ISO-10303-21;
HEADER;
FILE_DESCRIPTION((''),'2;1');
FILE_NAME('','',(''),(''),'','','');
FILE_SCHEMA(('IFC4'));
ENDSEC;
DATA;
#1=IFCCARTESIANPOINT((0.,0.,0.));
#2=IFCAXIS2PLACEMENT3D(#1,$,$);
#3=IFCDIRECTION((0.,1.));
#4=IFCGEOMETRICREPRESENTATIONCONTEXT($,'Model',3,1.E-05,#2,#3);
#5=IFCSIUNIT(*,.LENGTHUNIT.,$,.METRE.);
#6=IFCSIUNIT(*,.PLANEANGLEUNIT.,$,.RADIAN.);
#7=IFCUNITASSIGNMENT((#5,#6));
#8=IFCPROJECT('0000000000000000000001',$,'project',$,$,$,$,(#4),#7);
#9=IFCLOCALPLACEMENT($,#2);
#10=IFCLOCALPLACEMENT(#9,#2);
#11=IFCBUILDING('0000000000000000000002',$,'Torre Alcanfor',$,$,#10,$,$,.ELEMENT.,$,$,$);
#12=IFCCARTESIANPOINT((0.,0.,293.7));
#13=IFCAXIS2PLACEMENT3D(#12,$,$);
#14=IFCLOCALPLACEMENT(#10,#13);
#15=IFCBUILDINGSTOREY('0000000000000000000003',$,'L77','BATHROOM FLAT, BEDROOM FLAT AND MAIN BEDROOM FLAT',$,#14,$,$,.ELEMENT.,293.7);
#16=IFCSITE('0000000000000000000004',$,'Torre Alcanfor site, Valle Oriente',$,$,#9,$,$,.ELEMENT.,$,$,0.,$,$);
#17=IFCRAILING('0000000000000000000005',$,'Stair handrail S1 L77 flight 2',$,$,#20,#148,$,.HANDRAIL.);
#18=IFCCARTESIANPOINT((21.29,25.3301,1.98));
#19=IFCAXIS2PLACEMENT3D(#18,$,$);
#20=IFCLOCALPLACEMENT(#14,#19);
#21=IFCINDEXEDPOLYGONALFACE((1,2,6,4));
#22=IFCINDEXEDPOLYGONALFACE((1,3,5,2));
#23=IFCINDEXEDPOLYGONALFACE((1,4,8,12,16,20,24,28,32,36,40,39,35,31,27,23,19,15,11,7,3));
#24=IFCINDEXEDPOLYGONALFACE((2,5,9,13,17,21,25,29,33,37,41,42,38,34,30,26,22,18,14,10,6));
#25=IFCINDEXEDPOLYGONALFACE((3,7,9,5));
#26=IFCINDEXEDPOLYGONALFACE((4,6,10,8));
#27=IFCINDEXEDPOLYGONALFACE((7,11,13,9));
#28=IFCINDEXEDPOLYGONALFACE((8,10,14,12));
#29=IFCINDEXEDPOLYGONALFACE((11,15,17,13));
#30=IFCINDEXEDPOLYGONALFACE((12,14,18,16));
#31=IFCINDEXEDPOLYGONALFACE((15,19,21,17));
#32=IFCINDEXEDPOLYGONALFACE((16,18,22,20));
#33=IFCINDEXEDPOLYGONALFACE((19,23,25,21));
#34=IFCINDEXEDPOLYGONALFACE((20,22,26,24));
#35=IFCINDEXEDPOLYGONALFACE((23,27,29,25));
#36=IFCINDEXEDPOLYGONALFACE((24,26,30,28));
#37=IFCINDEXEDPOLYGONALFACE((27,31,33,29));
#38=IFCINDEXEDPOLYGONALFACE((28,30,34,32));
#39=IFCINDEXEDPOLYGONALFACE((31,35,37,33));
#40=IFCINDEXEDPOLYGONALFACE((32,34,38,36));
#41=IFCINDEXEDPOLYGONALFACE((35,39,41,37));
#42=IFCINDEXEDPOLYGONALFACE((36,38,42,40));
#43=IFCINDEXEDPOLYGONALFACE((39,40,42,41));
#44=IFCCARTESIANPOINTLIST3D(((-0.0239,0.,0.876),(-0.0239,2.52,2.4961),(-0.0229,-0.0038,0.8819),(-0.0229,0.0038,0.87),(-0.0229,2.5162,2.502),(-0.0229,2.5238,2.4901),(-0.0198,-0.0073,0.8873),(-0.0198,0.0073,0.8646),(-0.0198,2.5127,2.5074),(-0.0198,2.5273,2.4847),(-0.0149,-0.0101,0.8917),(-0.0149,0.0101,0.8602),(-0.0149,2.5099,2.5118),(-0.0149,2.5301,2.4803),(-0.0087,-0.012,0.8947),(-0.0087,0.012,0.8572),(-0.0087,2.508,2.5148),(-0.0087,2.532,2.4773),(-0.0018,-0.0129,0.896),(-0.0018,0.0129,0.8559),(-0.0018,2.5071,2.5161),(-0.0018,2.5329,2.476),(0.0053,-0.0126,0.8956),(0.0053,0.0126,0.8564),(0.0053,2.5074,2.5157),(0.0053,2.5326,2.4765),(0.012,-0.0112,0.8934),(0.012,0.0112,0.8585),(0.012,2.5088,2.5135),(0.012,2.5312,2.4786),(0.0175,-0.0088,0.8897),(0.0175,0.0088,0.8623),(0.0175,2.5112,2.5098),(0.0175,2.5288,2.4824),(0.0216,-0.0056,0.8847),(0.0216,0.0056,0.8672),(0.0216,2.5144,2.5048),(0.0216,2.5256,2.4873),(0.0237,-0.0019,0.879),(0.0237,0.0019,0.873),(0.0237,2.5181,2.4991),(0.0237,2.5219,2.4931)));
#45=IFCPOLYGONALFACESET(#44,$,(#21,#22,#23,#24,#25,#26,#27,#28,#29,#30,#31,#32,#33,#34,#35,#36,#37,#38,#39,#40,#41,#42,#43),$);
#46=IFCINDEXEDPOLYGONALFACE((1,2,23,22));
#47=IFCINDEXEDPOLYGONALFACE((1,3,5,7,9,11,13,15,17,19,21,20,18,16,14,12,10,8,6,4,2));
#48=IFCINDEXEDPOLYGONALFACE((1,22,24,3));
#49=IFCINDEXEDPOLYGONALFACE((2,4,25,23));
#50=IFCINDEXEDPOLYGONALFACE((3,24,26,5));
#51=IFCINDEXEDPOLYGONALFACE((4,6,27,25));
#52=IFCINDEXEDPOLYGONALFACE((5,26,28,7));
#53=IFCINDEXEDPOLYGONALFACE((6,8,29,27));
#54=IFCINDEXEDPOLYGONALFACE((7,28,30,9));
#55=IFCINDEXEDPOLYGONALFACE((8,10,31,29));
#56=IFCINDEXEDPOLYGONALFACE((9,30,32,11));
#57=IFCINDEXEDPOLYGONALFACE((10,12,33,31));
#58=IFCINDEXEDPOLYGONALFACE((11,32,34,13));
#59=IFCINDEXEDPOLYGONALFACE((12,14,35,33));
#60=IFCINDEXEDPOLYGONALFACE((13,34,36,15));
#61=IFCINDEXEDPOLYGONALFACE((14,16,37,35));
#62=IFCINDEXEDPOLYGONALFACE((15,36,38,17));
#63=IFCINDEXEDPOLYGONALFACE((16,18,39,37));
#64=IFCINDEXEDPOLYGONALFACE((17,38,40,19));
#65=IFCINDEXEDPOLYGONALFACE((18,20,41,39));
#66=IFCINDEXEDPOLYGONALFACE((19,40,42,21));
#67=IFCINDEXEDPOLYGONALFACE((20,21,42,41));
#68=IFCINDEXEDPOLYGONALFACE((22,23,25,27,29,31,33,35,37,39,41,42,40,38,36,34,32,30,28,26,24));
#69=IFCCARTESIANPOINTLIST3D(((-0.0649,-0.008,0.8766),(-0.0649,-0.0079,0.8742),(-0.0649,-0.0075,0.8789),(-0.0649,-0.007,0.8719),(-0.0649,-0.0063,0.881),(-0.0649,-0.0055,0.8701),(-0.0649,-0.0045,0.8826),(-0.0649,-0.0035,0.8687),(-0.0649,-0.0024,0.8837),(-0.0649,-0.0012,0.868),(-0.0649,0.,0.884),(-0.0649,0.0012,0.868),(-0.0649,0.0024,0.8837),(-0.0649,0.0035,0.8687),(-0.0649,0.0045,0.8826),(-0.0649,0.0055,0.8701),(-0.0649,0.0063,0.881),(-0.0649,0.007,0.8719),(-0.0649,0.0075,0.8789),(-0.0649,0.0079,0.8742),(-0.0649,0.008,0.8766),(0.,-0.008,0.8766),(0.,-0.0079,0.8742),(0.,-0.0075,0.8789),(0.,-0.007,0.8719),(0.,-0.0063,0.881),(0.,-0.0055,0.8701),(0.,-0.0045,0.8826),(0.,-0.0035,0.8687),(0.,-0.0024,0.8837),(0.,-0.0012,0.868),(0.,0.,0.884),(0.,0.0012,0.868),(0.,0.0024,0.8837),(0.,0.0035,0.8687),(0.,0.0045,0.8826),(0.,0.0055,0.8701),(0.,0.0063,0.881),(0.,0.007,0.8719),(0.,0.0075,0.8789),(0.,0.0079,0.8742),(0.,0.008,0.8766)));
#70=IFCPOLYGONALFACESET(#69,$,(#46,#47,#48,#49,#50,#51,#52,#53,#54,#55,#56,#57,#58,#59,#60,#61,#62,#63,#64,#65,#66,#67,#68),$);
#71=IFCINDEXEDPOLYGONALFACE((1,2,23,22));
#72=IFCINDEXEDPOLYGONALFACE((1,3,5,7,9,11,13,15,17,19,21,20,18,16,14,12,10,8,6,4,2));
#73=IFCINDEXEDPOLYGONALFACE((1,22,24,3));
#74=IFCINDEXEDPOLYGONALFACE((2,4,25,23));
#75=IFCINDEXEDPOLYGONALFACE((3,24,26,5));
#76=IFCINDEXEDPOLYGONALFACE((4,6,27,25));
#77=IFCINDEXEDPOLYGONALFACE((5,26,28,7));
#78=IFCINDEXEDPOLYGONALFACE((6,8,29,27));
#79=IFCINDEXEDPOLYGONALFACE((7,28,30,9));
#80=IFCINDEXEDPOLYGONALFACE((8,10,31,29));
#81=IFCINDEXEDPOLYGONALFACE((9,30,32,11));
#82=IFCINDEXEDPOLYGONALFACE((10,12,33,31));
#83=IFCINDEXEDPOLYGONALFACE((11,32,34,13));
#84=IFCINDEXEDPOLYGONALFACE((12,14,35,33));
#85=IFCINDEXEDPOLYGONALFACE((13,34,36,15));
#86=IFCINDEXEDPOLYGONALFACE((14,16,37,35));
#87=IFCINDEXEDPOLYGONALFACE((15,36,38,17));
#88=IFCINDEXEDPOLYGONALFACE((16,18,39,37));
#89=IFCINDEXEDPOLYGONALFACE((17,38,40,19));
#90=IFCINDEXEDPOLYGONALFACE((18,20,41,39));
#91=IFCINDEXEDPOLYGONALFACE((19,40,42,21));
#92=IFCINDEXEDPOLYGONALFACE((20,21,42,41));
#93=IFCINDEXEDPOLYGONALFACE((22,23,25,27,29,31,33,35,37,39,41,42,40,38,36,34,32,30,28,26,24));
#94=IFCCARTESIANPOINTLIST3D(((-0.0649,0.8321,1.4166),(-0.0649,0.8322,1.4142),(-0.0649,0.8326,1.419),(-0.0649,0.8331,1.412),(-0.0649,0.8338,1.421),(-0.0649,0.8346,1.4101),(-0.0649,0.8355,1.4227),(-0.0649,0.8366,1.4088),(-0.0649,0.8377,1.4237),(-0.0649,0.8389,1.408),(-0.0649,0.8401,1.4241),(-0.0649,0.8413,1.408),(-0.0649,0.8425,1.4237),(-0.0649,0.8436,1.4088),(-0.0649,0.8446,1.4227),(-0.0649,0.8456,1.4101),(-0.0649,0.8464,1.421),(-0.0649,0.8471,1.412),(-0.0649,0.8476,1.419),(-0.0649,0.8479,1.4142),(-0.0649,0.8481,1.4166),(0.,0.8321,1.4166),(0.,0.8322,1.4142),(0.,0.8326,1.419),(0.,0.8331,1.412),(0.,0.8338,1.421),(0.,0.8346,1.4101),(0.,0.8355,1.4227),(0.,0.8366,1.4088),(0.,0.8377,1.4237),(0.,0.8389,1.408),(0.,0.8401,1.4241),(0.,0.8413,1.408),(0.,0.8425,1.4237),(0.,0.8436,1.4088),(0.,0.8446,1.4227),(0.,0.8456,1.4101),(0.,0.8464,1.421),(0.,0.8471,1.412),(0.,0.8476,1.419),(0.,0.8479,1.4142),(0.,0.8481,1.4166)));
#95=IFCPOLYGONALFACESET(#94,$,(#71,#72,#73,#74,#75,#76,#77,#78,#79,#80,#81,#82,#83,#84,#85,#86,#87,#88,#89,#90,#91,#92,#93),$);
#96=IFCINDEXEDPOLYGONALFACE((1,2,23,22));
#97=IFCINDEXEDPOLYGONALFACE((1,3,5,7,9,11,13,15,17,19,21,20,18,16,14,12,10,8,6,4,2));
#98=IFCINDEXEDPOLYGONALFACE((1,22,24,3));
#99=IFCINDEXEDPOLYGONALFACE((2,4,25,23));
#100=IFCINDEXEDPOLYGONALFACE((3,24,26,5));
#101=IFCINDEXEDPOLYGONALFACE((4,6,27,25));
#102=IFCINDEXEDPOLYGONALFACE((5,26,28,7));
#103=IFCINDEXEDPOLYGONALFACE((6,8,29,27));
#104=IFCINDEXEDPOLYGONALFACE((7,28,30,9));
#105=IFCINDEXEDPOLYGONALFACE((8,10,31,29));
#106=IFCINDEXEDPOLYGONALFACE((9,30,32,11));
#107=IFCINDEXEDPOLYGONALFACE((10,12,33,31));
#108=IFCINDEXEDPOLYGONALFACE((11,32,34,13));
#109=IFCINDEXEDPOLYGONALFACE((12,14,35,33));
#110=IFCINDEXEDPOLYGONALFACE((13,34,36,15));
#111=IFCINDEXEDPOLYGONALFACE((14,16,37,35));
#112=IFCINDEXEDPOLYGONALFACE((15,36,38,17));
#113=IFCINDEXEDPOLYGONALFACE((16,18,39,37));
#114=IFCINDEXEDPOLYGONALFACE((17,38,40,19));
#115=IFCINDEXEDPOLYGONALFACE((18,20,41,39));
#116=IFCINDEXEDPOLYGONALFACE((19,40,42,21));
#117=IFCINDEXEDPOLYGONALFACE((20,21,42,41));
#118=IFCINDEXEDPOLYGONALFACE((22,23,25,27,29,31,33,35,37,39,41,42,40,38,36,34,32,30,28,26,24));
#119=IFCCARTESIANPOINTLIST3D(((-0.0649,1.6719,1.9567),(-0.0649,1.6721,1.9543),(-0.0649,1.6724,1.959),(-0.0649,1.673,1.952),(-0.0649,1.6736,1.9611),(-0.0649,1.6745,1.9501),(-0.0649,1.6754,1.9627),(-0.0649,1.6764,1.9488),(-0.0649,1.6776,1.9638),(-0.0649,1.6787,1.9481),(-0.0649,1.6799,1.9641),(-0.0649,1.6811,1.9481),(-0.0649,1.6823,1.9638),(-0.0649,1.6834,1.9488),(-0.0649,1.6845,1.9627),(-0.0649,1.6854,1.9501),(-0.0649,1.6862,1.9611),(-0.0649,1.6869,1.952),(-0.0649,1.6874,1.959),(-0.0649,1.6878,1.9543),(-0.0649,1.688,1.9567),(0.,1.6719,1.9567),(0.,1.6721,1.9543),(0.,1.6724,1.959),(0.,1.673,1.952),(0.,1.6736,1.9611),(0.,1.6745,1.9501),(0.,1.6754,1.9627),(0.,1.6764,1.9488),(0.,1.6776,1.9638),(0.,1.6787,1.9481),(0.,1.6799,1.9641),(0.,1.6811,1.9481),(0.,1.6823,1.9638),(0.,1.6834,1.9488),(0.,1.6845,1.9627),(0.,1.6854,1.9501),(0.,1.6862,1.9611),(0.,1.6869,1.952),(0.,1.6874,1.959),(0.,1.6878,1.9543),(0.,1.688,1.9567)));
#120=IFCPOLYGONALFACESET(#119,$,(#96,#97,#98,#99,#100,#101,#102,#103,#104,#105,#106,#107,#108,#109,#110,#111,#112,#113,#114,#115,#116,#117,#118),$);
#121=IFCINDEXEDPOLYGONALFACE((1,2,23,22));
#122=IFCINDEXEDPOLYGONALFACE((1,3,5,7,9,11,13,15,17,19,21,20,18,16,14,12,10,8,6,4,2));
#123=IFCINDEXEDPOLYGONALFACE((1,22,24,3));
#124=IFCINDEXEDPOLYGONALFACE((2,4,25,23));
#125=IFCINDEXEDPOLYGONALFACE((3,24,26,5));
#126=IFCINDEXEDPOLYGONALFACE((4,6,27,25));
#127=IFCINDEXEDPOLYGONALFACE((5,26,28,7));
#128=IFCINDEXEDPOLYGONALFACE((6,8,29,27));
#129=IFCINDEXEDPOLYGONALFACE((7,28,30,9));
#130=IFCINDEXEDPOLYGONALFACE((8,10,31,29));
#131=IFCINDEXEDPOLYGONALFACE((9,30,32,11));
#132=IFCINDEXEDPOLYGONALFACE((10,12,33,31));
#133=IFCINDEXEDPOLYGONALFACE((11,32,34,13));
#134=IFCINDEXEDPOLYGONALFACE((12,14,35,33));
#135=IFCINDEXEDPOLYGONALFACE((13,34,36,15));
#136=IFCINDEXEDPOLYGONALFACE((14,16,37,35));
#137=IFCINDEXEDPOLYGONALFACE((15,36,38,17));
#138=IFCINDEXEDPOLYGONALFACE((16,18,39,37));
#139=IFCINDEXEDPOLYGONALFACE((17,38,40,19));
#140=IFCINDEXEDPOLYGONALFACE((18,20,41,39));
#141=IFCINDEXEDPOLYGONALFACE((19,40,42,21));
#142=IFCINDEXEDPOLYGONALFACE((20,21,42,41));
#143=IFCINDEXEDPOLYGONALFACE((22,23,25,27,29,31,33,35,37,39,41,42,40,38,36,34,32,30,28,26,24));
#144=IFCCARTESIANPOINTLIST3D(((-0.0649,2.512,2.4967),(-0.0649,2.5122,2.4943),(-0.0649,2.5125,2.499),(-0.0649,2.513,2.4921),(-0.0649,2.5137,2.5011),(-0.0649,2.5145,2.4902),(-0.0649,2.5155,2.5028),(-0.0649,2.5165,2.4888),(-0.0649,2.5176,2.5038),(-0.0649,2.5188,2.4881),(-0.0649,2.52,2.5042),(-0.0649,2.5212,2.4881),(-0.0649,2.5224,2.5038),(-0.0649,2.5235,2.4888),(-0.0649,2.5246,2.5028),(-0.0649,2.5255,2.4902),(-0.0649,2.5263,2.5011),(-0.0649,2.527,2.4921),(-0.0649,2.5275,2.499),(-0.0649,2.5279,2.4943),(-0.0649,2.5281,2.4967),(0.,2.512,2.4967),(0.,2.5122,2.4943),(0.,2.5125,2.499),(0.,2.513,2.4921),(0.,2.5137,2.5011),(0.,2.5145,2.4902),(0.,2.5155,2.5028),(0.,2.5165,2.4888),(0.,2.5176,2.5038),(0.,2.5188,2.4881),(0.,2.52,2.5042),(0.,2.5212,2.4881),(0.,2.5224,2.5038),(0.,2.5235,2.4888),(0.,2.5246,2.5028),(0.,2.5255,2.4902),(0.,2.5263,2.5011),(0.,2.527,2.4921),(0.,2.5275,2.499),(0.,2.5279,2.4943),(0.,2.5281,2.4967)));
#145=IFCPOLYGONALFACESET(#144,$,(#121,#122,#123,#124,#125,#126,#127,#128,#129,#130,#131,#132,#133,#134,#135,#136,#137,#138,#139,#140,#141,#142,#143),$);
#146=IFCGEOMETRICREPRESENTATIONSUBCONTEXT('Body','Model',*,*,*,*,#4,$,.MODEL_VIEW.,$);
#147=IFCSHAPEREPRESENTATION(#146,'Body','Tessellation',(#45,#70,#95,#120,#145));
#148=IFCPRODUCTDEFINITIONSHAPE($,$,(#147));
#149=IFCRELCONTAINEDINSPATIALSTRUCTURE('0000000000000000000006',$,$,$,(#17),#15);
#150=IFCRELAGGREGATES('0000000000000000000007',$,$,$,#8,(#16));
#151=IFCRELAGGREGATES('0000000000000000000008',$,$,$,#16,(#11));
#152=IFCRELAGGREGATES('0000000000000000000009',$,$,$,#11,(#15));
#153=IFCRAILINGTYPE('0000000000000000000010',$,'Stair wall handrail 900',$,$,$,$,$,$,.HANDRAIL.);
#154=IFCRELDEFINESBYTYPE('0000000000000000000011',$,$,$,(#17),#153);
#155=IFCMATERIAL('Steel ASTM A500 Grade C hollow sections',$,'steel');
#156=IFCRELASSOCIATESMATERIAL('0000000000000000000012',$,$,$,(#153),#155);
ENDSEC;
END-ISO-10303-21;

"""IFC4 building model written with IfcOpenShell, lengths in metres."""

from ifc_helpers import new_model, si_unit, direction, frame, origin, origin_2d, place, context, subcontext, project, spatial, circle, extrude, material, type_object, element, save


model = new_model("IFC4")

# Units and contexts
model_context = context("Model", 3, precision=1e-05, world=origin(), true_north=direction((0.0, 1.0)))
body_context = subcontext(model_context, "Body", "Model", "MODEL_VIEW")
ifc_project = project(units=[si_unit("LENGTHUNIT", "METRE"), si_unit("PLANEANGLEUNIT", "RADIAN")], contexts=[model_context])

# Site, building, storey
site_placement = place(None, origin())
site = spatial("IfcSite", under=ifc_project, at=site_placement, Name="Torre Alcanfor site, Valle Oriente", CompositionType="ELEMENT", RefElevation=0.0)
building_placement = place(site_placement, origin())
building = spatial("IfcBuilding", under=site, at=building_placement, Name="Torre Alcanfor", CompositionType="ELEMENT")
storey_placement = place(building_placement, frame((0.0, 0.0, 293.7)))
storey = spatial("IfcBuildingStorey", under=building, at=storey_placement, Name="L77", Description="BATHROOM FLAT, BEDROOM FLAT AND MAIN BEDROOM FLAT", CompositionType="ELEMENT", Elevation=293.7)

# Railing
ifc_material_1 = material(Name="Steel ASTM A500 Grade C hollow sections", Category="steel")
railing_type_1 = type_object("IfcRailingType", Name="Stair wall handrail 900", PredefinedType="HANDRAIL", material=ifc_material_1)
railing_1_placement = place(storey_placement, frame((21.29, 25.3301, 1.98)))
element("IfcRailing", 1, at=railing_1_placement, inside=storey, type_object=railing_type_1, Name="Stair handrail S1 L77 flight 2", PredefinedType="HANDRAIL", context=body_context, shape_type="SweptSolid", body=[
    extrude(circle(Radius=0.0239, at=origin_2d()), frame((0.0, 0.0, 0.876), z_axis=(0.0, 0.841163, 0.540782), x_axis=(-1.0, 0.0, 0.0)), (0.0, 0.0, 1.0), 2.9958),
    extrude(circle(Radius=0.0081, at=origin_2d()), frame((0.0, 0.0, 0.876), z_axis=(-1.0, 0.0, 0.0), x_axis=(0.0, 0.0, 1.0)), (0.0, 0.0, 1.0), 0.0649),
    extrude(circle(Radius=0.0081, at=origin_2d()), frame((0.0, 0.8401, 1.416), z_axis=(-1.0, 0.0, 0.0), x_axis=(0.0, 0.0, 1.0)), (0.0, 0.0, 1.0), 0.0649),
    extrude(circle(Radius=0.0081, at=origin_2d()), frame((0.0, 1.6799, 1.9561), z_axis=(-1.0, 0.0, 0.0), x_axis=(0.0, 0.0, 1.0)), (0.0, 0.0, 1.0), 0.0649),
    extrude(circle(Radius=0.0081, at=origin_2d()), frame((0.0, 2.52, 2.4961), z_axis=(-1.0, 0.0, 0.0), x_axis=(0.0, 0.0, 1.0)), (0.0, 0.0, 1.0), 0.0649),
])

save(model, "model.ifc")
